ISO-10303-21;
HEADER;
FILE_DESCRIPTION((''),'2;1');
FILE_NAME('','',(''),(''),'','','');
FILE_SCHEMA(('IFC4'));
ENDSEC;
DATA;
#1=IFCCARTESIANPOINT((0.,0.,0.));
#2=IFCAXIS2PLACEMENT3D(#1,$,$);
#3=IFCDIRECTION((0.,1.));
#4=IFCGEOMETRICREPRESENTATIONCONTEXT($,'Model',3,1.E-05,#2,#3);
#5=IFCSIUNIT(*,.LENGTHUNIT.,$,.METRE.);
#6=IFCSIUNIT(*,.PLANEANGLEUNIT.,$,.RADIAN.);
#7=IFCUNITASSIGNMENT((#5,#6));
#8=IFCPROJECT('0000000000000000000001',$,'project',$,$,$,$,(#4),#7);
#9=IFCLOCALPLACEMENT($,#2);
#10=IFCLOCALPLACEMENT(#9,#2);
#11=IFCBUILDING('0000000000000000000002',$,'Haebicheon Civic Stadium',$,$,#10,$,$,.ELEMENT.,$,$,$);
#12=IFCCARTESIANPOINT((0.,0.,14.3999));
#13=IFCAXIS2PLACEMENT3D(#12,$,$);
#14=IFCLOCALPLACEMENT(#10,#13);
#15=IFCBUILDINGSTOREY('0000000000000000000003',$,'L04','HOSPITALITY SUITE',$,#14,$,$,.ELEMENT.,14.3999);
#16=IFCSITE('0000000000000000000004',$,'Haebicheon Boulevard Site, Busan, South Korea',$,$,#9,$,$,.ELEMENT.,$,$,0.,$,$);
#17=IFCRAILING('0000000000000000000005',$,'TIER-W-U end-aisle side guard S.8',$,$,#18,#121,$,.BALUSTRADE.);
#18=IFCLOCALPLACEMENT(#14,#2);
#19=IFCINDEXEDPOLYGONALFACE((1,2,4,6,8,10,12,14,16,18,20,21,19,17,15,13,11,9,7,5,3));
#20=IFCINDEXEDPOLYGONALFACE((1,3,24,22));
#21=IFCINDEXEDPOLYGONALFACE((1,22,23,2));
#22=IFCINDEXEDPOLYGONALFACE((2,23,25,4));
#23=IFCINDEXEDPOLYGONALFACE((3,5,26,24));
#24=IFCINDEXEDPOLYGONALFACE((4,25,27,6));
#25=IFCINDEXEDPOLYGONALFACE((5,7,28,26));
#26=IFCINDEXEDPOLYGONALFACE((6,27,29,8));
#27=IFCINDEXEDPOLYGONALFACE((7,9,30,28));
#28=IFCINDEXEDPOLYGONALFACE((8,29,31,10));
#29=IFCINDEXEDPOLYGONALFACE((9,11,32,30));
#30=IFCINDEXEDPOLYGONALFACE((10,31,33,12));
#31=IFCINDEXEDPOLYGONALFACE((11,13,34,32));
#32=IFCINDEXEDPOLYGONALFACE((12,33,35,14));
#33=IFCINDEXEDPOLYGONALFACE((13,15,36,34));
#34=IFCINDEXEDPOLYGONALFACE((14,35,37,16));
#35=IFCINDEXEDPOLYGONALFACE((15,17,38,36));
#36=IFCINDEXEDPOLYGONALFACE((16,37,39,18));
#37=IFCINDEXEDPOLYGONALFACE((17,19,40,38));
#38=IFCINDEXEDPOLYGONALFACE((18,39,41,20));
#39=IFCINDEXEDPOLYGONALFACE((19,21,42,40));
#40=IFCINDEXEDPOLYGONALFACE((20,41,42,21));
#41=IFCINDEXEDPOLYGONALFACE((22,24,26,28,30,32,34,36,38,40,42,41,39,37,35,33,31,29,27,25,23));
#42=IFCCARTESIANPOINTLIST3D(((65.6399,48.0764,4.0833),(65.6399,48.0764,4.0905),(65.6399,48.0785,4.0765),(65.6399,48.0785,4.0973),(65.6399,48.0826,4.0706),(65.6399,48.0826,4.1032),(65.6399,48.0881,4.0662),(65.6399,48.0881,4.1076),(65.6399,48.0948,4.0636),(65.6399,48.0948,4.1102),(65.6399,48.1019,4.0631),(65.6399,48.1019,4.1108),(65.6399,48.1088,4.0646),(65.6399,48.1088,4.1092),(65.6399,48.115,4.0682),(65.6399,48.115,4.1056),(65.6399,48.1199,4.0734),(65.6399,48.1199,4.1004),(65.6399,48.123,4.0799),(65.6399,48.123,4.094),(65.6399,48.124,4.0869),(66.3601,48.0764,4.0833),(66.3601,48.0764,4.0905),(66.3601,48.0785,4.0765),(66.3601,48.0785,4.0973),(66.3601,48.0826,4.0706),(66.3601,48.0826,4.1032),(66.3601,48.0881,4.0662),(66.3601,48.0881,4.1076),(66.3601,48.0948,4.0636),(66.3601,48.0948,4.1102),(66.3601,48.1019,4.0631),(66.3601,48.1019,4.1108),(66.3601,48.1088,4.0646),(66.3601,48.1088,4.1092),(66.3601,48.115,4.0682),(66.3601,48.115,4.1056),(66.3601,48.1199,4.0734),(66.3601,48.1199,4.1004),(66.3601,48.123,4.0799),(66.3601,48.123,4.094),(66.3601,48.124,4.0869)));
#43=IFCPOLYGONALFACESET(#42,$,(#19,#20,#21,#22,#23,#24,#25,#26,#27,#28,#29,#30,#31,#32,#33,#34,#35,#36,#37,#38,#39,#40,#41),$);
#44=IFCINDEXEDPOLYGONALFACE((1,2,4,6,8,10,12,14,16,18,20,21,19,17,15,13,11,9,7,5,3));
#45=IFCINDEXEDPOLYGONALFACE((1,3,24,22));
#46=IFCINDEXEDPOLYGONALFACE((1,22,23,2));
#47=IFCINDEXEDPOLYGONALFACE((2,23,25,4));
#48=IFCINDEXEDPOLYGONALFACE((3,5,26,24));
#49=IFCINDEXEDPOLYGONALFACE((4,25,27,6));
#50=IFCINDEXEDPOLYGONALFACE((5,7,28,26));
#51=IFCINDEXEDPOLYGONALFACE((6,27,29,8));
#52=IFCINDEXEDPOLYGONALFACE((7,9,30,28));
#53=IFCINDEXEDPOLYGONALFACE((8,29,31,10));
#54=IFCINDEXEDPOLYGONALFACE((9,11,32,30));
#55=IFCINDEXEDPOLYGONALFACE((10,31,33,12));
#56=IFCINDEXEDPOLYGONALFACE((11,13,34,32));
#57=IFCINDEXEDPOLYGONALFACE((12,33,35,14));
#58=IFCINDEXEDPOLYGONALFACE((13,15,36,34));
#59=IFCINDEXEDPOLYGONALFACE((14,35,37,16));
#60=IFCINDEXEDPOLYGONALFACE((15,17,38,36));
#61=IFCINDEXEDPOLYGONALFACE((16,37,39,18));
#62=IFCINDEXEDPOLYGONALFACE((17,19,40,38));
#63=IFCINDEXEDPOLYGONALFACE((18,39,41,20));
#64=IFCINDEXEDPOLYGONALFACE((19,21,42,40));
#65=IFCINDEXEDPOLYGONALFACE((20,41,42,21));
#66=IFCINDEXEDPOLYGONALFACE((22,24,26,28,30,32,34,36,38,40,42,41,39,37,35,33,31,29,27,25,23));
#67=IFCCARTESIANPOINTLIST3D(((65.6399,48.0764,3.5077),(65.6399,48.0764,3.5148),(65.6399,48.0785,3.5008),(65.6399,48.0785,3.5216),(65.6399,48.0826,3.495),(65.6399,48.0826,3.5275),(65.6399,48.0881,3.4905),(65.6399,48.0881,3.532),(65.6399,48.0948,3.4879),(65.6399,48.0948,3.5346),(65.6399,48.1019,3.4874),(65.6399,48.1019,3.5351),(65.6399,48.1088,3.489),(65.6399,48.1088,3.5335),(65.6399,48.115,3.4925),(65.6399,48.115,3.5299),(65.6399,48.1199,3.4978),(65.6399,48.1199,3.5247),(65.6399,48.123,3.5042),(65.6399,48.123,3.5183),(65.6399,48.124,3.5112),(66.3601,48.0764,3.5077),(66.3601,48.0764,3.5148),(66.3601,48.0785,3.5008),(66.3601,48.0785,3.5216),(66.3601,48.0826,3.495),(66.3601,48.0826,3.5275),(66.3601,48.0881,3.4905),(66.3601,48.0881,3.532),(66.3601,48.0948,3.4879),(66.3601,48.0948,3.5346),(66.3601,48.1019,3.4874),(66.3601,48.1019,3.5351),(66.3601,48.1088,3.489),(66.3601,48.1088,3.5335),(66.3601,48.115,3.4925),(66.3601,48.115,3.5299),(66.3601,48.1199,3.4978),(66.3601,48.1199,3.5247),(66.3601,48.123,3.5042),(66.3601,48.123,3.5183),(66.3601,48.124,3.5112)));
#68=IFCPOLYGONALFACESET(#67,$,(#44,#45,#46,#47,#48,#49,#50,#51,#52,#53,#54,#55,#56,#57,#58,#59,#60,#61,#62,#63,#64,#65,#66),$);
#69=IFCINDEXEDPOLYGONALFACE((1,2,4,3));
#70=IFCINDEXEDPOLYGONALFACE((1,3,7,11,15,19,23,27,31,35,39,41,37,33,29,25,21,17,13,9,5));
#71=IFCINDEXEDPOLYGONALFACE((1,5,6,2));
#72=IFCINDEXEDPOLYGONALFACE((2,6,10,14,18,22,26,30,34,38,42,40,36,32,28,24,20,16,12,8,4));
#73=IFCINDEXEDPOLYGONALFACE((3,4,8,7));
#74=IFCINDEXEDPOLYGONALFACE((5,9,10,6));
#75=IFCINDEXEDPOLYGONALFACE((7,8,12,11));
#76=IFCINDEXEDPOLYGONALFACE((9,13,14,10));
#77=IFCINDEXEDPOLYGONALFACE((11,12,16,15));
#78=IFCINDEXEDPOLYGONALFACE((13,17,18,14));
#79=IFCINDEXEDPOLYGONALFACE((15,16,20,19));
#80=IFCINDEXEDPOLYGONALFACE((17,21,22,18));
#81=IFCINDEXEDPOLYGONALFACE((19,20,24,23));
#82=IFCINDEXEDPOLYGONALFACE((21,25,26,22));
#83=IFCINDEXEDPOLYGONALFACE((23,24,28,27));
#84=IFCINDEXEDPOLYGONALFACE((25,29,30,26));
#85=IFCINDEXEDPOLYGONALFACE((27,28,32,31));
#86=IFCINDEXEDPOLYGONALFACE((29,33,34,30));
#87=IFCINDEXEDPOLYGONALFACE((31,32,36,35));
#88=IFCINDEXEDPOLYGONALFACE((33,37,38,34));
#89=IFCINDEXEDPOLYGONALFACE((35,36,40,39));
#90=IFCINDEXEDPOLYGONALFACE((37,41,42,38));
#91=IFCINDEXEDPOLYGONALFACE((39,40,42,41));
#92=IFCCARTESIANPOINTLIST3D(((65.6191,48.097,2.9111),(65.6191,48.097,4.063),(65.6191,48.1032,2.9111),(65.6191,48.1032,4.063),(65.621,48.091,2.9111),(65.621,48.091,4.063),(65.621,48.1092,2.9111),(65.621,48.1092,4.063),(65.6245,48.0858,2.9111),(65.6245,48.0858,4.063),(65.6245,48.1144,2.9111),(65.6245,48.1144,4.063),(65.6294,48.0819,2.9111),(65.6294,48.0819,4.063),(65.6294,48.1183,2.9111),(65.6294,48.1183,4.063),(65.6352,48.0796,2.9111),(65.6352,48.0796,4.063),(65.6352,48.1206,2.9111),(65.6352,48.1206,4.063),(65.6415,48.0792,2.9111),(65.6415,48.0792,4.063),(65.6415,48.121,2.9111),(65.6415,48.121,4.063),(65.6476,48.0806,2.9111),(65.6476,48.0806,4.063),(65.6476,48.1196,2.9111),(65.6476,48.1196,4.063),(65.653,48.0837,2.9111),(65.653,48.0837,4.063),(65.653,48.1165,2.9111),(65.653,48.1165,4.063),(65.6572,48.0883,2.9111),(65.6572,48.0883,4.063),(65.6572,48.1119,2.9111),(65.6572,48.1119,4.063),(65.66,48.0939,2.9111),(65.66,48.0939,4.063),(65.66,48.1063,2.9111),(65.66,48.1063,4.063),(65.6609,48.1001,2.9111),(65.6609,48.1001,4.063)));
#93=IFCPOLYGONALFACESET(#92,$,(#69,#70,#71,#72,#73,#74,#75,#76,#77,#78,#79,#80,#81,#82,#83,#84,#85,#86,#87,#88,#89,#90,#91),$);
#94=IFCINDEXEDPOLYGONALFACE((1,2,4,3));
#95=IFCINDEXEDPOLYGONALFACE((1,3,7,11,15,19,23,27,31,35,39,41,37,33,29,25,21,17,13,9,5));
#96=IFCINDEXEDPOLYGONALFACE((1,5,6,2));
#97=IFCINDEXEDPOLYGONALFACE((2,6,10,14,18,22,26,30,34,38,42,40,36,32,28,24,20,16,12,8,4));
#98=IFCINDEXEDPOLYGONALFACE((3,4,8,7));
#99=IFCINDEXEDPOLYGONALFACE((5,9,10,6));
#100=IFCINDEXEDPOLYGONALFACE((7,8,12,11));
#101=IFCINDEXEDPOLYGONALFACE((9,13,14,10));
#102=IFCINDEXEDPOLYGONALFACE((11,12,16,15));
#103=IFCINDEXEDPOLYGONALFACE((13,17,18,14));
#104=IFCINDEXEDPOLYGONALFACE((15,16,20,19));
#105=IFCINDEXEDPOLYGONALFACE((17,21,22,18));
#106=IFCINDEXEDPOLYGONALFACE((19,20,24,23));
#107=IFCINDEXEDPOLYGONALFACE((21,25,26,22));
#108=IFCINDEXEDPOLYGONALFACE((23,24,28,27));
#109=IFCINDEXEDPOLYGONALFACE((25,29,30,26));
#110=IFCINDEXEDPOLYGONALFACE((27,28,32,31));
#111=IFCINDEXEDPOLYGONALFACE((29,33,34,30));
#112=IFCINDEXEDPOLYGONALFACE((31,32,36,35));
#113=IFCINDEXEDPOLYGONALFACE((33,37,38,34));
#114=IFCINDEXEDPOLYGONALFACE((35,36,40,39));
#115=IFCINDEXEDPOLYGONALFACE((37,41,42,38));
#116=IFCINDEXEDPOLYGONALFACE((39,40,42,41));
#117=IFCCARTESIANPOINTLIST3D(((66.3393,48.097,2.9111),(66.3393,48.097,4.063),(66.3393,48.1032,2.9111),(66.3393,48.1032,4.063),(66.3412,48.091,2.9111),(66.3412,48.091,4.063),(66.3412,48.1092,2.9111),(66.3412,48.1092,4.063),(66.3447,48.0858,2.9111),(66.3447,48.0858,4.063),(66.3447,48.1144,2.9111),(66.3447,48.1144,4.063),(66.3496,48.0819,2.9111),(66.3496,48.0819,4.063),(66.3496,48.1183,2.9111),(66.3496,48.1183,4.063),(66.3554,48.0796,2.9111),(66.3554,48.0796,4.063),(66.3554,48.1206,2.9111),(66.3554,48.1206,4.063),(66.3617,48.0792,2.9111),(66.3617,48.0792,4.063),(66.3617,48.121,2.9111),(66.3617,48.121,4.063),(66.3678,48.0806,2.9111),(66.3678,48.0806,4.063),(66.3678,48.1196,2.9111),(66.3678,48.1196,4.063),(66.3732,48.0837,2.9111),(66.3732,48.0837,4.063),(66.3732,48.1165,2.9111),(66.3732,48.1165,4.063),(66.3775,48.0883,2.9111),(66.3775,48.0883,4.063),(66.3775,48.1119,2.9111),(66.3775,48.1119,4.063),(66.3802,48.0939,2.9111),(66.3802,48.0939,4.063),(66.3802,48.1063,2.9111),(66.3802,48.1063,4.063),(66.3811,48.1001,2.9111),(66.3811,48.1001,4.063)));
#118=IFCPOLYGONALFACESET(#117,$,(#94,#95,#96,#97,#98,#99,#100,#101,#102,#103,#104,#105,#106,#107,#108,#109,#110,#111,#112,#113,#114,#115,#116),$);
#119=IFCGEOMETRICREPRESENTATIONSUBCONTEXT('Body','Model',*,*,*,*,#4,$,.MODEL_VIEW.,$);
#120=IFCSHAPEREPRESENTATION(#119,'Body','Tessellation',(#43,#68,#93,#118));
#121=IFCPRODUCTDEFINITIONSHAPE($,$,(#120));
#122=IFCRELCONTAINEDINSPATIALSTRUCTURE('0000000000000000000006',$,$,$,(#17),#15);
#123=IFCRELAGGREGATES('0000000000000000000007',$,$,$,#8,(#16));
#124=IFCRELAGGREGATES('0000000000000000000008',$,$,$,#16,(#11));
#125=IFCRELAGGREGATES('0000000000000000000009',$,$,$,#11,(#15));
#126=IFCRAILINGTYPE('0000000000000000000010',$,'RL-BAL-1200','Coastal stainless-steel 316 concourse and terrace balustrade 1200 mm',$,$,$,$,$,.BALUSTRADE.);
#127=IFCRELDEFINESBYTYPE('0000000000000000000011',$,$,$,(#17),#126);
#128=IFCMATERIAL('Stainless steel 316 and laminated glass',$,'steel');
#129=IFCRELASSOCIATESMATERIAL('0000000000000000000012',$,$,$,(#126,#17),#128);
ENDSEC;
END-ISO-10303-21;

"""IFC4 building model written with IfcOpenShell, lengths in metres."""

from ifc_helpers import new_model, si_unit, direction, frame, origin, origin_2d, place, context, subcontext, project, spatial, circle, extrude, material, type_object, element, save


model = new_model("IFC4")

# Units and contexts
model_context = context("Model", 3, precision=1e-05, world=origin(), true_north=direction((0.0, 1.0)))
body_context = subcontext(model_context, "Body", "Model", "MODEL_VIEW")
ifc_project = project(units=[si_unit("LENGTHUNIT", "METRE"), si_unit("PLANEANGLEUNIT", "RADIAN")], contexts=[model_context])

# Site, building, storey
site_placement = place(None, origin())
site = spatial("IfcSite", under=ifc_project, at=site_placement, Name="Haebicheon Boulevard Site, Busan, South Korea", CompositionType="ELEMENT", RefElevation=0.0)
building_placement = place(site_placement, origin())
building = spatial("IfcBuilding", under=site, at=building_placement, Name="Haebicheon Civic Stadium", CompositionType="ELEMENT")
storey_placement = place(building_placement, frame((0.0, 0.0, 14.3999)))
storey = spatial("IfcBuildingStorey", under=building, at=storey_placement, Name="L04", Description="HOSPITALITY SUITE", CompositionType="ELEMENT", Elevation=14.3999)

# Railing
ifc_material_1 = material(Name="Stainless steel 316 and laminated glass", Category="steel")
railing_type = type_object("IfcRailingType", Name="RL-BAL-1200", Description="Coastal stainless-steel 316 concourse and terrace balustrade 1200 mm", PredefinedType="BALUSTRADE", material=ifc_material_1)
railing_1_placement = place(storey_placement, frame((65.6399, 48.1001, 2.9111)))
element("IfcRailing", 1, at=railing_1_placement, inside=storey, type_object=railing_type, material=ifc_material_1, Name="TIER-W-U end-aisle side guard S.8", PredefinedType="BALUSTRADE", context=body_context, shape_type="SweptSolid", body=[
    extrude(circle(Radius=0.0239, at=origin_2d()), frame((0.0, 0.0, 1.1758), z_axis=(1.0, 0.0, 0.0), x_axis=(0.0, 1.0, 0.0)), (0.0, 0.0, 1.0), 0.7202),
    extrude(circle(Radius=0.0239, at=origin_2d()), frame((0.0, 0.0, 0.6001), z_axis=(1.0, 0.0, 0.0), x_axis=(0.0, 1.0, 0.0)), (0.0, 0.0, 1.0), 0.7202),
    extrude(circle(Radius=0.021, at=origin_2d()), origin(), (0.0, 0.0, 1.0), 1.1519),
    extrude(circle(Radius=0.021, at=origin_2d()), frame((0.7202, 0.0, 0.0)), (0.0, 0.0, 1.0), 1.1519),
])

save(model, "model.ifc")
